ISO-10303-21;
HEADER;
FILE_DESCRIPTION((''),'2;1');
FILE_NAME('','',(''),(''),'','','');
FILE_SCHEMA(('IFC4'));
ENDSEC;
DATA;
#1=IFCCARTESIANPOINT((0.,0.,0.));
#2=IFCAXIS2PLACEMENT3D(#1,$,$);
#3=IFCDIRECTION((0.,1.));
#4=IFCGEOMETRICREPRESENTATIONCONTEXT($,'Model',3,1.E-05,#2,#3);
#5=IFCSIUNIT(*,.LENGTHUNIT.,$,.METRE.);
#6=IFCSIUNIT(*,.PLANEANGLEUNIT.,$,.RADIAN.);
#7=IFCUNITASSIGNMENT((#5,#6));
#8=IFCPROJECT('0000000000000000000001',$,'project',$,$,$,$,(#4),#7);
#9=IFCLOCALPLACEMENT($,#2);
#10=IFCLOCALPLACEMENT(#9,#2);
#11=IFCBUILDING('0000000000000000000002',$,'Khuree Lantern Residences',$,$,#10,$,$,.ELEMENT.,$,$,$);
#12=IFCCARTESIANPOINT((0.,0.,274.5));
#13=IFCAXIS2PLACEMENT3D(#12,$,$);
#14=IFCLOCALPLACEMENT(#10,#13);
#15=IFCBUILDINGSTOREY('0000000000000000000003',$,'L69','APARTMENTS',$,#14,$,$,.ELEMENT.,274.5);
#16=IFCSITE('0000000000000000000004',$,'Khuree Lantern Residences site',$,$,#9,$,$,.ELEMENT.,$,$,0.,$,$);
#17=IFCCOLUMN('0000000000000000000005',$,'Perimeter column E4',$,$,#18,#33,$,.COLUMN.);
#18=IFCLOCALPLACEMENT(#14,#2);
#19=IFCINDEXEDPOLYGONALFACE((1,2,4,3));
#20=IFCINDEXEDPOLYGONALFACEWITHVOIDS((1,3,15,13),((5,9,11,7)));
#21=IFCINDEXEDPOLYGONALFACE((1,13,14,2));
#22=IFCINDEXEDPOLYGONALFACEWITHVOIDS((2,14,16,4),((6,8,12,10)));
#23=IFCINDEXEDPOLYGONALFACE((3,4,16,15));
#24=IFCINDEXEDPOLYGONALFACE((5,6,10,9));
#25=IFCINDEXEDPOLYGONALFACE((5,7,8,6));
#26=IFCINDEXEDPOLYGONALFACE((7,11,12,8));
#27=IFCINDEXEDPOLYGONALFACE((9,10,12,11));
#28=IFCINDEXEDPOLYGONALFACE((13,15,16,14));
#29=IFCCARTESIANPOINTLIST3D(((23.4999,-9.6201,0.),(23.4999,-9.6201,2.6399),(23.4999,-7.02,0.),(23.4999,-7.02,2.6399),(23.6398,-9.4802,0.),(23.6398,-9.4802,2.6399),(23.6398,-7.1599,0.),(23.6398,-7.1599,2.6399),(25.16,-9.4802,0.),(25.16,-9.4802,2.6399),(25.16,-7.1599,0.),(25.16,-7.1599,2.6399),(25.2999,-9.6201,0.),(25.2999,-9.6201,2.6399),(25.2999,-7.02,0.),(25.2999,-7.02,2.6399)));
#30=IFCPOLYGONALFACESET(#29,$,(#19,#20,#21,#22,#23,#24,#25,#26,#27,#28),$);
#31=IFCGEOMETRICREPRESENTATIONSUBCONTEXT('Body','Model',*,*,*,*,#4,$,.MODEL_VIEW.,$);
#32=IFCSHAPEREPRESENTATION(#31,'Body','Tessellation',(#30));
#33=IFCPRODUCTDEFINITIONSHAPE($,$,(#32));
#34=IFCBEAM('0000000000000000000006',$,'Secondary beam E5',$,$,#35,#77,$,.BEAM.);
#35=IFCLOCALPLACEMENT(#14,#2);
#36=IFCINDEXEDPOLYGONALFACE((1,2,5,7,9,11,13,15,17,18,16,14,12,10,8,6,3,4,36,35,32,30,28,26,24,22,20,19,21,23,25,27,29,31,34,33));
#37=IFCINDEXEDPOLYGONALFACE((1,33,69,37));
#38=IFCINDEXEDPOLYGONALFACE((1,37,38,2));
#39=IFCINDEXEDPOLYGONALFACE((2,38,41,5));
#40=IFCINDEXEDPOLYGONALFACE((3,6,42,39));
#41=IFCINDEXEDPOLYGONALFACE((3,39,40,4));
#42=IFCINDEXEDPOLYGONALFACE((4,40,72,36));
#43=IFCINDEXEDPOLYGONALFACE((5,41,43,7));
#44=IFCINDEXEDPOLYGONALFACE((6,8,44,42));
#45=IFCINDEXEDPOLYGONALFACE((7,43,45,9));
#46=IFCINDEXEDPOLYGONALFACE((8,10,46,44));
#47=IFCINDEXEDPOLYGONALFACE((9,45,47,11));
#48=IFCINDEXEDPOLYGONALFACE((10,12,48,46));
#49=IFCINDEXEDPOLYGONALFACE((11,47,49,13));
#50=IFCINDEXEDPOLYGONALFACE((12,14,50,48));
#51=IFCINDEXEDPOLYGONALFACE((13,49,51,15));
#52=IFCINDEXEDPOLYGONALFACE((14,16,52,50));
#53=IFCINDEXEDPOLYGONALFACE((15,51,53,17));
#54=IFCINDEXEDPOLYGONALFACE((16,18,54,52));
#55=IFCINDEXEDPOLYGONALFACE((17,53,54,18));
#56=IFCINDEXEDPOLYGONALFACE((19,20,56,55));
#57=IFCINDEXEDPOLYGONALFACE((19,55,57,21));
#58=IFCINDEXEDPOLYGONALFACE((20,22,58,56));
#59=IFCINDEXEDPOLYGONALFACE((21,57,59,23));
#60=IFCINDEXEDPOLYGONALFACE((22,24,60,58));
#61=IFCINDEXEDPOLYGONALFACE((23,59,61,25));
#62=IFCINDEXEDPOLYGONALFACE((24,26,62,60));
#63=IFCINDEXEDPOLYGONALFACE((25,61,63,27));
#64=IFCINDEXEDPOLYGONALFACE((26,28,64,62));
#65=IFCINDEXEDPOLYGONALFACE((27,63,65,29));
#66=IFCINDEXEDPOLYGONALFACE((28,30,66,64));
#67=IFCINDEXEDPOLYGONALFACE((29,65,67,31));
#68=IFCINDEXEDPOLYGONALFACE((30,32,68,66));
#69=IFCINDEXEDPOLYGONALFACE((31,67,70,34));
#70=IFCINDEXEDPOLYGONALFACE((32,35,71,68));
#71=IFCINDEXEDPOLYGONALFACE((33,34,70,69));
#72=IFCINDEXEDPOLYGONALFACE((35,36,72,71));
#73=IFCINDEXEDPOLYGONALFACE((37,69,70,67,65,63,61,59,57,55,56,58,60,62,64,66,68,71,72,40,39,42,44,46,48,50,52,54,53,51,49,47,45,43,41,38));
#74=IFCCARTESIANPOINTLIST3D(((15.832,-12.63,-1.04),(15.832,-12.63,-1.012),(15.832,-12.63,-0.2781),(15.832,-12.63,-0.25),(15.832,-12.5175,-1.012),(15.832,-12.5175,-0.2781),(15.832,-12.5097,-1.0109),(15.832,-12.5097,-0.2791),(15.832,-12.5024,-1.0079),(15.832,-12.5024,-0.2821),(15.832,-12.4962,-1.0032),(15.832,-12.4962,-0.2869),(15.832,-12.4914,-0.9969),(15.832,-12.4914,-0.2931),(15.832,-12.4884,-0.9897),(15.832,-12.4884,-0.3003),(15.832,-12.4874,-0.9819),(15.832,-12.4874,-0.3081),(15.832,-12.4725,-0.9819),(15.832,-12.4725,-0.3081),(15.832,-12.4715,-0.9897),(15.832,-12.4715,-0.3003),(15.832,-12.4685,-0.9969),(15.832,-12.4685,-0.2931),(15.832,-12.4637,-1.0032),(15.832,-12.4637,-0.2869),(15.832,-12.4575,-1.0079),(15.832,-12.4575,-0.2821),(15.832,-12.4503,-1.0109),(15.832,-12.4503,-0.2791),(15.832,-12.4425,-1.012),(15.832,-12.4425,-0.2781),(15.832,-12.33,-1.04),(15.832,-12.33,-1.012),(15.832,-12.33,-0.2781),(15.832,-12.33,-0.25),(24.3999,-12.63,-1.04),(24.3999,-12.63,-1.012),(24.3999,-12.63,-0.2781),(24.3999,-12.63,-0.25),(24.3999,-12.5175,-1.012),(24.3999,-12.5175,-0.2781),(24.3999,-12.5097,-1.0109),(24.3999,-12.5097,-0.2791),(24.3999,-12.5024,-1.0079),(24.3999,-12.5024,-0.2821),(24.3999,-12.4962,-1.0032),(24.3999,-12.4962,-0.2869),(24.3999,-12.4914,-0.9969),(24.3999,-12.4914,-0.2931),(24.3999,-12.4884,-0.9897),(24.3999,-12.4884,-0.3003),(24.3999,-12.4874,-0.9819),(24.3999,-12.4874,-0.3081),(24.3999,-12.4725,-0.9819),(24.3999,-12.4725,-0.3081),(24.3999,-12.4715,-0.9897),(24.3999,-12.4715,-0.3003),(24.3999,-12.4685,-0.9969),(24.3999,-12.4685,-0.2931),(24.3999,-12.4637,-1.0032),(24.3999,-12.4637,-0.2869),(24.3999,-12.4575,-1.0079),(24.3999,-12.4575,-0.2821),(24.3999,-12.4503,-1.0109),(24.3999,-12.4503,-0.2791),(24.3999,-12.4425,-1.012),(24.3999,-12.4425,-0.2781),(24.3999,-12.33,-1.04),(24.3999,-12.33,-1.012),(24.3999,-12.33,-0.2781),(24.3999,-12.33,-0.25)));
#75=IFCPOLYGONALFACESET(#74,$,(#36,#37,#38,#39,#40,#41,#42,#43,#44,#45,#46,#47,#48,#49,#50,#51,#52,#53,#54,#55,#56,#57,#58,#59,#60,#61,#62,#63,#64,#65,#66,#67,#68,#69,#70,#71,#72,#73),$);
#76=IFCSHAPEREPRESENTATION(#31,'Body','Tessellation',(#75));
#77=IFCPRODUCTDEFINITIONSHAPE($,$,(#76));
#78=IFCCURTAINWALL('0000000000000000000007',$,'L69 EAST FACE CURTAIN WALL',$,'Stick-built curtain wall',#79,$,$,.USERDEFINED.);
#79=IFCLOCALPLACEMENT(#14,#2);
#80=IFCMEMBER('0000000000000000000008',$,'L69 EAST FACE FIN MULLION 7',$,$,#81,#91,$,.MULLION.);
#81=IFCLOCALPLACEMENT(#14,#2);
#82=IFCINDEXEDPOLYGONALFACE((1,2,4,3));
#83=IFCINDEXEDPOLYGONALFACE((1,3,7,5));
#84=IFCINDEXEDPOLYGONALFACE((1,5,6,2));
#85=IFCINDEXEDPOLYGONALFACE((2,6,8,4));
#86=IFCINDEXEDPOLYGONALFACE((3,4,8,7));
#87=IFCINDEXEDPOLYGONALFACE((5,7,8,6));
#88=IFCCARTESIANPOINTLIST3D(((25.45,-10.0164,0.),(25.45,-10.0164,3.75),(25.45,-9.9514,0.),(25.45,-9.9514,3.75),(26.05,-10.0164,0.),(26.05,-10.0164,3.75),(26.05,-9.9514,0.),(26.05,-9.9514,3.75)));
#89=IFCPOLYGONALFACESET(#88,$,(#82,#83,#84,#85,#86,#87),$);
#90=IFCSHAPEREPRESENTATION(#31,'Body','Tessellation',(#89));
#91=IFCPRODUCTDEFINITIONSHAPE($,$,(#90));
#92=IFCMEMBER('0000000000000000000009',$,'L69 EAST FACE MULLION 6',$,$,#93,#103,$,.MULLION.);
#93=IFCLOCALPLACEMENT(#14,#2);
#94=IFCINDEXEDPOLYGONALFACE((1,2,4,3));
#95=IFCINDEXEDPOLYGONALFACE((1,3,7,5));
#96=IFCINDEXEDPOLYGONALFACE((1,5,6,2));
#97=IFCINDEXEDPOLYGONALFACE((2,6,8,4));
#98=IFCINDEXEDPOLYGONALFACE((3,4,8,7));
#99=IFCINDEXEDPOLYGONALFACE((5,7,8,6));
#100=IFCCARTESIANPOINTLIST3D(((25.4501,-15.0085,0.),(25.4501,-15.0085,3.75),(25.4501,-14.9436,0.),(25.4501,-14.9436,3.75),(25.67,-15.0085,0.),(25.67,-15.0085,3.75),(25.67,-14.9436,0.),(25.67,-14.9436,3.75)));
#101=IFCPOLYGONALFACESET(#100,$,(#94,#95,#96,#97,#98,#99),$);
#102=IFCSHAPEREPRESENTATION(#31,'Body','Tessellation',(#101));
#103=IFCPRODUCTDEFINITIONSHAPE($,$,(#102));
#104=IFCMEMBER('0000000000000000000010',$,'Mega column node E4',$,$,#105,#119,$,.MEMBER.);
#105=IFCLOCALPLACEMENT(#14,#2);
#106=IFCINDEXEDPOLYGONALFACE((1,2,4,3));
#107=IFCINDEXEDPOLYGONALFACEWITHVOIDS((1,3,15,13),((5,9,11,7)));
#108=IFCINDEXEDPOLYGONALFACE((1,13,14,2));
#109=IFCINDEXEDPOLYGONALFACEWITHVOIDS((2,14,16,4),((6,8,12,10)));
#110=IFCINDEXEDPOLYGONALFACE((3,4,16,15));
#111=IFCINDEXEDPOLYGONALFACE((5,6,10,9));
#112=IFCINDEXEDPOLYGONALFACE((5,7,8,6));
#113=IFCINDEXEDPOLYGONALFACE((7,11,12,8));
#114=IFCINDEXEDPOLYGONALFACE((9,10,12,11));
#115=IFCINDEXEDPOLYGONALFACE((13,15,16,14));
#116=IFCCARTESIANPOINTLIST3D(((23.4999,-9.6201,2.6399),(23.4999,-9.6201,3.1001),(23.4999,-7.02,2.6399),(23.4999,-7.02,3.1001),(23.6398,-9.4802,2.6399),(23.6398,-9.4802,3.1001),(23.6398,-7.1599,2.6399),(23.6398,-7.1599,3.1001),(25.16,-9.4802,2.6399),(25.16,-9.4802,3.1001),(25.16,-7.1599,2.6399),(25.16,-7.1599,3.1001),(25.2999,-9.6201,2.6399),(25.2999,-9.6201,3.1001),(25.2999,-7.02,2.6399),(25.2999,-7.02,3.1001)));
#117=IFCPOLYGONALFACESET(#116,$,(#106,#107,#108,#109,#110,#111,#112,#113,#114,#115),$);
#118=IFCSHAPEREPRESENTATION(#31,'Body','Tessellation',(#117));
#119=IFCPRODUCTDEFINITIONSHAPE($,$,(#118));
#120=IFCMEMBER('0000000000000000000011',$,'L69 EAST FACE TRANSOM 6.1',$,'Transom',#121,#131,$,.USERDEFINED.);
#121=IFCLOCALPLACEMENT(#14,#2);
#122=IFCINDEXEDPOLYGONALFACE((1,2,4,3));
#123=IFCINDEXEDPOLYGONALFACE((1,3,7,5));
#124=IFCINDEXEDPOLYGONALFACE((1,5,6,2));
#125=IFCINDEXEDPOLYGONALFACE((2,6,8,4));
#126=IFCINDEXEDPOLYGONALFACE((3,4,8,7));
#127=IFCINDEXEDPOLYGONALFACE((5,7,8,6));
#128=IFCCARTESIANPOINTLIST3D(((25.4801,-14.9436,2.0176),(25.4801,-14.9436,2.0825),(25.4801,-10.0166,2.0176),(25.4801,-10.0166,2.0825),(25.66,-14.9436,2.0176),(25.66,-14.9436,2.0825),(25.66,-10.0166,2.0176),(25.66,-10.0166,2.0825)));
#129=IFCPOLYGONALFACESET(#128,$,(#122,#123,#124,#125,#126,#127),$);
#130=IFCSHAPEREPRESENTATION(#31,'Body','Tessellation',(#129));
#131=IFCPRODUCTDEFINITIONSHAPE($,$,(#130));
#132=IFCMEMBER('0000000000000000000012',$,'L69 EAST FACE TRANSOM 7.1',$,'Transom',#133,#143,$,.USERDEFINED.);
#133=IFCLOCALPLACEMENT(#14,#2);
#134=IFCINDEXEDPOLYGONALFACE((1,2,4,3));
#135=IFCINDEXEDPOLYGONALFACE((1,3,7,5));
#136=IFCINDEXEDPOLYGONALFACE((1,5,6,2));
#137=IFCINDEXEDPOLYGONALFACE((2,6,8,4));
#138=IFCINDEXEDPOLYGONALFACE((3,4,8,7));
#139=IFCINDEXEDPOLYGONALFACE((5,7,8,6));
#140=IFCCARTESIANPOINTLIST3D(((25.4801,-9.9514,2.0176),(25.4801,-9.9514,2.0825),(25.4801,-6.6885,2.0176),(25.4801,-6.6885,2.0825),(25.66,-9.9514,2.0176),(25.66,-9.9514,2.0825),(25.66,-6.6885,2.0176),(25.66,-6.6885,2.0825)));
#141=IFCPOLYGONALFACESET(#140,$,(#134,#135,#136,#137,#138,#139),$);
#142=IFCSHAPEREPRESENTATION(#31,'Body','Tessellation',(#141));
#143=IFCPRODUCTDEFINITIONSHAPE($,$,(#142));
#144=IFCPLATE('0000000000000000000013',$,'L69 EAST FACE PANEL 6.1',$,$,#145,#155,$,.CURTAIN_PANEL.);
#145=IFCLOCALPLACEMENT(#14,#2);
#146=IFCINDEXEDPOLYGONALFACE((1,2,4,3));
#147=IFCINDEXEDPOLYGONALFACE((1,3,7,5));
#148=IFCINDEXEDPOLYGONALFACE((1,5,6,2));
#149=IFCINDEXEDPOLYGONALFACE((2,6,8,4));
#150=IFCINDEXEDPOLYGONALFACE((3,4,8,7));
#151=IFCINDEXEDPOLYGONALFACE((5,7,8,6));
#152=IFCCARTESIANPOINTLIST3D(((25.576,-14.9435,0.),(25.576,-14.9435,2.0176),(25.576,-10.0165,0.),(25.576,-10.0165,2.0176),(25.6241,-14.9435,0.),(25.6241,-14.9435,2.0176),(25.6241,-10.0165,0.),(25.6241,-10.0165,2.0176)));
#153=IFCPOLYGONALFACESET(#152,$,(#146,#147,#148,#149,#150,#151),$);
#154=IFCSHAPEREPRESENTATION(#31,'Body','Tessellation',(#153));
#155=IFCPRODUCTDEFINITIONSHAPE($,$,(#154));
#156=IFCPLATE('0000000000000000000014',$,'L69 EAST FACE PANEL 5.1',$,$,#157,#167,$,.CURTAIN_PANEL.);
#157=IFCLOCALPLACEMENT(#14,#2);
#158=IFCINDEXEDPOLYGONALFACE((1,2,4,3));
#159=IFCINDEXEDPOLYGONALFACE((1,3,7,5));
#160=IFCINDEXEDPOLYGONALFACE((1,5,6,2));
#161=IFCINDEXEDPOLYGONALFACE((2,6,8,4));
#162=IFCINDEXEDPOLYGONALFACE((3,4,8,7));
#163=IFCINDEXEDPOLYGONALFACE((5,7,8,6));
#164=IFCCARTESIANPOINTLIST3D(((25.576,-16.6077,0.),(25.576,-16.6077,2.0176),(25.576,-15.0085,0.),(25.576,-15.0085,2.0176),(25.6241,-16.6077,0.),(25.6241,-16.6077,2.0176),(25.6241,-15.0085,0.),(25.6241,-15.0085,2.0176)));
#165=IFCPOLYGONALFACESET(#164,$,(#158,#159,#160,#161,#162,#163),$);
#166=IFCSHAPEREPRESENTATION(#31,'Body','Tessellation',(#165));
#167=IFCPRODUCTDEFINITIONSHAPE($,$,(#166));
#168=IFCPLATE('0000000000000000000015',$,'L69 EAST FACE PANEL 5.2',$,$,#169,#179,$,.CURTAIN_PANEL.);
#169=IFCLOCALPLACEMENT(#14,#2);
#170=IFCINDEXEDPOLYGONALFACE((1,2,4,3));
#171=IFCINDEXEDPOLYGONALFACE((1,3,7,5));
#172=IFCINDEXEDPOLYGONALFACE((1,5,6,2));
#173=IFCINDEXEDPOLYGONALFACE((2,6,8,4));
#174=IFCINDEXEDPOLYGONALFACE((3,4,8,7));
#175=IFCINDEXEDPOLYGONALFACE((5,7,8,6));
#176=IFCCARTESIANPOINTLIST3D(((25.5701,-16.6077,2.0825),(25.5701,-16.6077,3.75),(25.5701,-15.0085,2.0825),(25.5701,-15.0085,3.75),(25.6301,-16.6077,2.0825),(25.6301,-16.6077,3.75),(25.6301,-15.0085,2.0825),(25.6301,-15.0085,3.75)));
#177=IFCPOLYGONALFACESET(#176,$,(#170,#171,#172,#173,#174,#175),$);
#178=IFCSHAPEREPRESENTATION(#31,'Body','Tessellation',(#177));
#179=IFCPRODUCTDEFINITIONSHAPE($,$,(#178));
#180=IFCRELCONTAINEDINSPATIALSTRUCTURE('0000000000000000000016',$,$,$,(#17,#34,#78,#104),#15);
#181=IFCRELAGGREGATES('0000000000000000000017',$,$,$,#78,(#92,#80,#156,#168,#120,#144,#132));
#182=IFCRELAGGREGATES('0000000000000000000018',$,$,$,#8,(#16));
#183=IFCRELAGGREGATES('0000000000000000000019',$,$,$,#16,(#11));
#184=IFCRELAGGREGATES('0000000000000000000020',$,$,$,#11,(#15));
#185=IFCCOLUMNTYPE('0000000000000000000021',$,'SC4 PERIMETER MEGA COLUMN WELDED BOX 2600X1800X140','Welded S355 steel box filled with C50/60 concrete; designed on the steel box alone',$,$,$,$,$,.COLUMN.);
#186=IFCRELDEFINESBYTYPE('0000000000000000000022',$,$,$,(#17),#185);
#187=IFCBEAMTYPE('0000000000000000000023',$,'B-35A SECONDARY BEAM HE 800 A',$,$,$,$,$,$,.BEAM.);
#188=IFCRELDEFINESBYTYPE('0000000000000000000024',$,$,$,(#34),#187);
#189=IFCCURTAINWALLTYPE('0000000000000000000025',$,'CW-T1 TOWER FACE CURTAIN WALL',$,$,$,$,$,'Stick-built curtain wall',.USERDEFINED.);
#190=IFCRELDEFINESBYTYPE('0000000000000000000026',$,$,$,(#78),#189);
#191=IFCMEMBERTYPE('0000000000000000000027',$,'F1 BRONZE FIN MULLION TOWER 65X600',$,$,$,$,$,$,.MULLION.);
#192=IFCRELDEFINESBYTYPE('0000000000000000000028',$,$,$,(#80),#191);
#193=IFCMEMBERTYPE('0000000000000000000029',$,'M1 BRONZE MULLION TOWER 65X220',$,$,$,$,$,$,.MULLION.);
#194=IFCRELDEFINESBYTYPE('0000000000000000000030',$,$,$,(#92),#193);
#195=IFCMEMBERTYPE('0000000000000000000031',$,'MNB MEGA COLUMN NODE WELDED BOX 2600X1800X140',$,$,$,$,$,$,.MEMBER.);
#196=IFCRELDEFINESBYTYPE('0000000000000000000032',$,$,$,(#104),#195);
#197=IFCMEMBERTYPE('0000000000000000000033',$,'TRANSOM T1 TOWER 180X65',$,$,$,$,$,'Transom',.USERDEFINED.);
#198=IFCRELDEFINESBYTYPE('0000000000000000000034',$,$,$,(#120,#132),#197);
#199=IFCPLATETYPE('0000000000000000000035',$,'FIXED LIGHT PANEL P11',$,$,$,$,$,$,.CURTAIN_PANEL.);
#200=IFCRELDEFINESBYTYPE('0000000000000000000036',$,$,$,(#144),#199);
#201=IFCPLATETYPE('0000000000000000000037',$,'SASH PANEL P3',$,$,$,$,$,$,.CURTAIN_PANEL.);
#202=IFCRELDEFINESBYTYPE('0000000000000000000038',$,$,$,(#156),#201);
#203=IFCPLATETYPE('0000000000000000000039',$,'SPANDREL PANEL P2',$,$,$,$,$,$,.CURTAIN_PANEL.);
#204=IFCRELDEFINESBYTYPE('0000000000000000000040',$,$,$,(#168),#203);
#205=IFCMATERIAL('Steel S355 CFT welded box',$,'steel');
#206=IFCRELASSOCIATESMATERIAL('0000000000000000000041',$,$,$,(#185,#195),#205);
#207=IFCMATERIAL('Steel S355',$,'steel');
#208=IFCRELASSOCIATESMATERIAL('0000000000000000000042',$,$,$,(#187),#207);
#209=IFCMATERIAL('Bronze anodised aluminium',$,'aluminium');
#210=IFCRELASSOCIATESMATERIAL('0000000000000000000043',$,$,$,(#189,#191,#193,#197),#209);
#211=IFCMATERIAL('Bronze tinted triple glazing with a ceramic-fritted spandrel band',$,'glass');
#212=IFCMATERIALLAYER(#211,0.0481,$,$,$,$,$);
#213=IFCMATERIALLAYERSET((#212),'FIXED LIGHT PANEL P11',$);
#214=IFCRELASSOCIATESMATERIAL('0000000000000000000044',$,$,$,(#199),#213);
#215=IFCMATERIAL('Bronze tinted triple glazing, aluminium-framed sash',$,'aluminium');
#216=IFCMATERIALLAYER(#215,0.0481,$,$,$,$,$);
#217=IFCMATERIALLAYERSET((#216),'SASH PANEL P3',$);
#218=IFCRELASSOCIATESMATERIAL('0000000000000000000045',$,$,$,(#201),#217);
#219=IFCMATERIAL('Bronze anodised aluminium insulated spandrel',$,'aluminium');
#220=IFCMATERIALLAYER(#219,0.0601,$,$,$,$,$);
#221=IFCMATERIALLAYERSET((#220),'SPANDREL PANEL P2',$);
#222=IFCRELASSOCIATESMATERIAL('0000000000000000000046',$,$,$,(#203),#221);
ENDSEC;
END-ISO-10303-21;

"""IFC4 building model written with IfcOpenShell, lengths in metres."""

from ifc_helpers import new_model, si_unit, direction, frame, origin, origin_2d, place, context, subcontext, project, spatial, rectangle, hollow_rectangle, i_section, extrude, material, layer, layer_set, material_profile, profile_set, type_object, element, aggregate, save


model = new_model("IFC4")

# Units and contexts
model_context = context("Model", 3, precision=1e-05, world=origin(), true_north=direction((0.0, 1.0)))
body_context = subcontext(model_context, "Body", "Model", "MODEL_VIEW")
ifc_project = project(units=[si_unit("LENGTHUNIT", "METRE"), si_unit("PLANEANGLEUNIT", "RADIAN")], contexts=[model_context])

# Site, building, storey
site_placement = place(None, origin())
site = spatial("IfcSite", under=ifc_project, at=site_placement, Name="Khuree Lantern Residences site", CompositionType="ELEMENT", RefElevation=0.0)
building_placement = place(site_placement, origin())
building = spatial("IfcBuilding", under=site, at=building_placement, Name="Khuree Lantern Residences", CompositionType="ELEMENT")
storey_placement = place(building_placement, frame((0.0, 0.0, 274.5)))
storey = spatial("IfcBuildingStorey", under=building, at=storey_placement, Name="L69", Description="APARTMENTS", CompositionType="ELEMENT", Elevation=274.5)

# Column
ifc_material_1 = material(Name="Steel S355 CFT welded box", Category="steel")
ifc_material_profile_1 = material_profile(ifc_material_1, hollow_rectangle(XDim=2.6001, YDim=1.8, WallThickness=0.1399, at=origin_2d()), Name="WELDED BOX 2600X1800X140")
ifc_profile_set_1 = profile_set([ifc_material_profile_1], Name="Steel S355 CFT welded box")
column_type = type_object("IfcColumnType", Name="SC4 PERIMETER MEGA COLUMN WELDED BOX 2600X1800X140", Description="Welded S355 steel box filled with C50/60 concrete; designed on the steel box alone", PredefinedType="COLUMN", material=ifc_profile_set_1)
column_placement = place(storey_placement, frame((24.3999, -8.3201, 0.0), z_axis=(0.0, 0.0, 1.0), x_axis=(0.0, 1.0, 0.0)))
element("IfcColumn", 1, at=column_placement, inside=storey, type_object=column_type, Name="Perimeter column E4", PredefinedType="COLUMN", context=body_context, shape_type="SweptSolid", body=[
    extrude(hollow_rectangle(XDim=2.6001, YDim=1.8, WallThickness=0.1399, at=origin_2d()), origin(), (0.0, 0.0, 1.0), 2.6399),
])

# Beam
ifc_material_2 = material(Name="Steel S355", Category="steel")
ifc_material_profile_2 = material_profile(ifc_material_2, i_section(OverallWidth=0.3, OverallDepth=0.79, WebThickness=0.0149, FlangeThickness=0.0281, FilletRadius=0.03, at=origin_2d()), Name="HE 800 A")
ifc_profile_set_2 = profile_set([ifc_material_profile_2], Name="Steel S355")
beam_type = type_object("IfcBeamType", Name="B-35A SECONDARY BEAM HE 800 A", PredefinedType="BEAM", material=ifc_profile_set_2)
beam_placement = place(storey_placement, frame((24.3999, -12.48, -0.645), z_axis=(-1.0, 0.0, 0.0), x_axis=(0.0, -1.0, 0.0)))
element("IfcBeam", 2, at=beam_placement, inside=storey, type_object=beam_type, Name="Secondary beam E5", PredefinedType="BEAM", context=body_context, shape_type="SweptSolid", body=[
    extrude(i_section(OverallWidth=0.3, OverallDepth=0.79, WebThickness=0.0149, FlangeThickness=0.0281, FilletRadius=0.03, at=origin_2d()), origin(), (0.0, 0.0, 1.0), 8.5679),
])

# Curtain wall, members
ifc_material_3 = material(Name="Bronze anodised aluminium", Category="aluminium")
curtain_wall_type = type_object("IfcCurtainWallType", Name="CW-T1 TOWER FACE CURTAIN WALL", ElementType="Stick-built curtain wall", PredefinedType="USERDEFINED", material=ifc_material_3)
curtain_wall_placement = place(storey_placement, origin())
curtain_wall = element("IfcCurtainWall", 3, at=curtain_wall_placement, inside=storey, type_object=curtain_wall_type, Name="L69 EAST FACE CURTAIN WALL", ObjectType="Stick-built curtain wall", PredefinedType="USERDEFINED")
ifc_material_profile_3 = material_profile(ifc_material_3, rectangle(XDim=0.0649, YDim=0.6001, at=origin_2d()), Name="F1 65X600")
ifc_profile_set_3 = profile_set([ifc_material_profile_3], Name="Bronze anodised aluminium")
member_type_1 = type_object("IfcMemberType", Name="F1 BRONZE FIN MULLION TOWER 65X600", PredefinedType="MULLION", material=ifc_profile_set_3)
member_1_placement = place(storey_placement, frame((25.75, -9.9839, 0.0), z_axis=(0.0, 0.0, 1.0), x_axis=(0.0, 1.0, 0.0)))
member_1 = element("IfcMember", 4, at=member_1_placement, type_object=member_type_1, Name="L69 EAST FACE FIN MULLION 7", PredefinedType="MULLION", context=body_context, shape_type="SweptSolid", body=[
    extrude(rectangle(XDim=0.0649, YDim=0.6001, at=origin_2d()), origin(), (0.0, 0.0, 1.0), 3.75),
])
ifc_material_profile_4 = material_profile(ifc_material_3, rectangle(XDim=0.0649, YDim=0.22, at=origin_2d()), Name="M1 65X220")
ifc_profile_set_4 = profile_set([ifc_material_profile_4], Name="Bronze anodised aluminium")
member_type_2 = type_object("IfcMemberType", Name="M1 BRONZE MULLION TOWER 65X220", PredefinedType="MULLION", material=ifc_profile_set_4)
member_2_placement = place(storey_placement, frame((25.5601, -14.9761, 0.0), z_axis=(0.0, 0.0, 1.0), x_axis=(0.0, 1.0, 0.0)))
member_2 = element("IfcMember", 5, at=member_2_placement, type_object=member_type_2, Name="L69 EAST FACE MULLION 6", PredefinedType="MULLION", context=body_context, shape_type="SweptSolid", body=[
    extrude(rectangle(XDim=0.0649, YDim=0.22, at=origin_2d()), origin(), (0.0, 0.0, 1.0), 3.75),
])

# Members
ifc_material_profile_5 = material_profile(ifc_material_1, hollow_rectangle(XDim=2.6001, YDim=1.8, WallThickness=0.1399, at=origin_2d()), Name="WELDED BOX 2600X1800X140")
ifc_profile_set_5 = profile_set([ifc_material_profile_5], Name="Steel S355 CFT welded box")
member_type_3 = type_object("IfcMemberType", Name="MNB MEGA COLUMN NODE WELDED BOX 2600X1800X140", PredefinedType="MEMBER", material=ifc_profile_set_5)
member_3_placement = place(storey_placement, frame((24.3999, -8.3201, 2.6399), z_axis=(0.0, 0.0, 1.0), x_axis=(0.0, 1.0, 0.0)))
element("IfcMember", 6, at=member_3_placement, inside=storey, type_object=member_type_3, Name="Mega column node E4", PredefinedType="MEMBER", context=body_context, shape_type="SweptSolid", body=[
    extrude(hollow_rectangle(XDim=2.6001, YDim=1.8, WallThickness=0.1399, at=origin_2d()), origin(), (0.0, 0.0, 1.0), 0.4602),
])
ifc_material_profile_6 = material_profile(ifc_material_3, rectangle(XDim=0.1799, YDim=0.0649, at=origin_2d()), Name="T1 180X65")
ifc_profile_set_6 = profile_set([ifc_material_profile_6], Name="Bronze anodised aluminium")
member_type_4 = type_object("IfcMemberType", Name="TRANSOM T1 TOWER 180X65", ElementType="Transom", PredefinedType="USERDEFINED", material=ifc_profile_set_6)
member_4_placement = place(storey_placement, frame((25.5701, -14.9436, 2.05), z_axis=(0.0, 1.0, 0.0), x_axis=(-1.0, 0.0, 0.0)))
member_4 = element("IfcMember", 7, at=member_4_placement, type_object=member_type_4, Name="L69 EAST FACE TRANSOM 6.1", ObjectType="Transom", PredefinedType="USERDEFINED", context=body_context, shape_type="SweptSolid", body=[
    extrude(rectangle(XDim=0.1799, YDim=0.0649, at=origin_2d()), origin(), (0.0, 0.0, 1.0), 4.927),
])
member_5_placement = place(storey_placement, frame((25.5701, -9.9514, 2.05), z_axis=(0.0, 1.0, 0.0), x_axis=(-1.0, 0.0, 0.0)))
member_5 = element("IfcMember", 8, at=member_5_placement, type_object=member_type_4, Name="L69 EAST FACE TRANSOM 7.1", ObjectType="Transom", PredefinedType="USERDEFINED", context=body_context, shape_type="SweptSolid", body=[
    extrude(rectangle(XDim=0.1799, YDim=0.0649, at=origin_2d()), origin(), (0.0, 0.0, 1.0), 3.2629),
])

# Plates
ifc_material_4 = material(Name="Bronze tinted triple glazing with a ceramic-fritted spandrel band", Category="glass")
ifc_layer_1 = layer(ifc_material_4, 0.0481)
ifc_layer_set_1 = layer_set([ifc_layer_1], Name="FIXED LIGHT PANEL P11")
plate_type_1 = type_object("IfcPlateType", Name="FIXED LIGHT PANEL P11", PredefinedType="CURTAIN_PANEL", material=ifc_layer_set_1)
plate_1_placement = place(storey_placement, frame((25.6001, -12.48, 0.0), z_axis=(0.0, 0.0, 1.0), x_axis=(0.0, 1.0, 0.0)))
plate_1 = element("IfcPlate", 9, at=plate_1_placement, type_object=plate_type_1, Name="L69 EAST FACE PANEL 6.1", PredefinedType="CURTAIN_PANEL", context=body_context, shape_type="SweptSolid", body=[
    extrude(rectangle(XDim=4.927, YDim=0.0481, at=origin_2d()), origin(), (0.0, 0.0, 1.0), 2.0176),
])
ifc_material_5 = material(Name="Bronze tinted triple glazing, aluminium-framed sash", Category="aluminium")
ifc_layer_2 = layer(ifc_material_5, 0.0481)
ifc_layer_set_2 = layer_set([ifc_layer_2], Name="SASH PANEL P3")
plate_type_2 = type_object("IfcPlateType", Name="SASH PANEL P3", PredefinedType="CURTAIN_PANEL", material=ifc_layer_set_2)
plate_2_placement = place(storey_placement, frame((25.6001, -15.8081, 0.0), z_axis=(0.0, 0.0, 1.0), x_axis=(0.0, 1.0, 0.0)))
plate_2 = element("IfcPlate", 10, at=plate_2_placement, type_object=plate_type_2, Name="L69 EAST FACE PANEL 5.1", PredefinedType="CURTAIN_PANEL", context=body_context, shape_type="SweptSolid", body=[
    extrude(rectangle(XDim=1.5991, YDim=0.0481, at=origin_2d()), origin(), (0.0, 0.0, 1.0), 2.0176),
])
ifc_material_6 = material(Name="Bronze anodised aluminium insulated spandrel", Category="aluminium")
ifc_layer_3 = layer(ifc_material_6, 0.0601)
ifc_layer_set_3 = layer_set([ifc_layer_3], Name="SPANDREL PANEL P2")
plate_type_3 = type_object("IfcPlateType", Name="SPANDREL PANEL P2", PredefinedType="CURTAIN_PANEL", material=ifc_layer_set_3)
plate_3_placement = place(storey_placement, frame((25.6001, -15.8081, 2.0825), z_axis=(0.0, 0.0, 1.0), x_axis=(0.0, 1.0, 0.0)))
plate_3 = element("IfcPlate", 11, at=plate_3_placement, type_object=plate_type_3, Name="L69 EAST FACE PANEL 5.2", PredefinedType="CURTAIN_PANEL", context=body_context, shape_type="SweptSolid", body=[
    extrude(rectangle(XDim=1.5991, YDim=0.0601, at=origin_2d()), origin(), (0.0, 0.0, 1.0), 1.6675),
])
aggregate(curtain_wall, [member_2, member_1, plate_2, plate_3, member_4, plate_1, member_5])

save(model, "model.ifc")
